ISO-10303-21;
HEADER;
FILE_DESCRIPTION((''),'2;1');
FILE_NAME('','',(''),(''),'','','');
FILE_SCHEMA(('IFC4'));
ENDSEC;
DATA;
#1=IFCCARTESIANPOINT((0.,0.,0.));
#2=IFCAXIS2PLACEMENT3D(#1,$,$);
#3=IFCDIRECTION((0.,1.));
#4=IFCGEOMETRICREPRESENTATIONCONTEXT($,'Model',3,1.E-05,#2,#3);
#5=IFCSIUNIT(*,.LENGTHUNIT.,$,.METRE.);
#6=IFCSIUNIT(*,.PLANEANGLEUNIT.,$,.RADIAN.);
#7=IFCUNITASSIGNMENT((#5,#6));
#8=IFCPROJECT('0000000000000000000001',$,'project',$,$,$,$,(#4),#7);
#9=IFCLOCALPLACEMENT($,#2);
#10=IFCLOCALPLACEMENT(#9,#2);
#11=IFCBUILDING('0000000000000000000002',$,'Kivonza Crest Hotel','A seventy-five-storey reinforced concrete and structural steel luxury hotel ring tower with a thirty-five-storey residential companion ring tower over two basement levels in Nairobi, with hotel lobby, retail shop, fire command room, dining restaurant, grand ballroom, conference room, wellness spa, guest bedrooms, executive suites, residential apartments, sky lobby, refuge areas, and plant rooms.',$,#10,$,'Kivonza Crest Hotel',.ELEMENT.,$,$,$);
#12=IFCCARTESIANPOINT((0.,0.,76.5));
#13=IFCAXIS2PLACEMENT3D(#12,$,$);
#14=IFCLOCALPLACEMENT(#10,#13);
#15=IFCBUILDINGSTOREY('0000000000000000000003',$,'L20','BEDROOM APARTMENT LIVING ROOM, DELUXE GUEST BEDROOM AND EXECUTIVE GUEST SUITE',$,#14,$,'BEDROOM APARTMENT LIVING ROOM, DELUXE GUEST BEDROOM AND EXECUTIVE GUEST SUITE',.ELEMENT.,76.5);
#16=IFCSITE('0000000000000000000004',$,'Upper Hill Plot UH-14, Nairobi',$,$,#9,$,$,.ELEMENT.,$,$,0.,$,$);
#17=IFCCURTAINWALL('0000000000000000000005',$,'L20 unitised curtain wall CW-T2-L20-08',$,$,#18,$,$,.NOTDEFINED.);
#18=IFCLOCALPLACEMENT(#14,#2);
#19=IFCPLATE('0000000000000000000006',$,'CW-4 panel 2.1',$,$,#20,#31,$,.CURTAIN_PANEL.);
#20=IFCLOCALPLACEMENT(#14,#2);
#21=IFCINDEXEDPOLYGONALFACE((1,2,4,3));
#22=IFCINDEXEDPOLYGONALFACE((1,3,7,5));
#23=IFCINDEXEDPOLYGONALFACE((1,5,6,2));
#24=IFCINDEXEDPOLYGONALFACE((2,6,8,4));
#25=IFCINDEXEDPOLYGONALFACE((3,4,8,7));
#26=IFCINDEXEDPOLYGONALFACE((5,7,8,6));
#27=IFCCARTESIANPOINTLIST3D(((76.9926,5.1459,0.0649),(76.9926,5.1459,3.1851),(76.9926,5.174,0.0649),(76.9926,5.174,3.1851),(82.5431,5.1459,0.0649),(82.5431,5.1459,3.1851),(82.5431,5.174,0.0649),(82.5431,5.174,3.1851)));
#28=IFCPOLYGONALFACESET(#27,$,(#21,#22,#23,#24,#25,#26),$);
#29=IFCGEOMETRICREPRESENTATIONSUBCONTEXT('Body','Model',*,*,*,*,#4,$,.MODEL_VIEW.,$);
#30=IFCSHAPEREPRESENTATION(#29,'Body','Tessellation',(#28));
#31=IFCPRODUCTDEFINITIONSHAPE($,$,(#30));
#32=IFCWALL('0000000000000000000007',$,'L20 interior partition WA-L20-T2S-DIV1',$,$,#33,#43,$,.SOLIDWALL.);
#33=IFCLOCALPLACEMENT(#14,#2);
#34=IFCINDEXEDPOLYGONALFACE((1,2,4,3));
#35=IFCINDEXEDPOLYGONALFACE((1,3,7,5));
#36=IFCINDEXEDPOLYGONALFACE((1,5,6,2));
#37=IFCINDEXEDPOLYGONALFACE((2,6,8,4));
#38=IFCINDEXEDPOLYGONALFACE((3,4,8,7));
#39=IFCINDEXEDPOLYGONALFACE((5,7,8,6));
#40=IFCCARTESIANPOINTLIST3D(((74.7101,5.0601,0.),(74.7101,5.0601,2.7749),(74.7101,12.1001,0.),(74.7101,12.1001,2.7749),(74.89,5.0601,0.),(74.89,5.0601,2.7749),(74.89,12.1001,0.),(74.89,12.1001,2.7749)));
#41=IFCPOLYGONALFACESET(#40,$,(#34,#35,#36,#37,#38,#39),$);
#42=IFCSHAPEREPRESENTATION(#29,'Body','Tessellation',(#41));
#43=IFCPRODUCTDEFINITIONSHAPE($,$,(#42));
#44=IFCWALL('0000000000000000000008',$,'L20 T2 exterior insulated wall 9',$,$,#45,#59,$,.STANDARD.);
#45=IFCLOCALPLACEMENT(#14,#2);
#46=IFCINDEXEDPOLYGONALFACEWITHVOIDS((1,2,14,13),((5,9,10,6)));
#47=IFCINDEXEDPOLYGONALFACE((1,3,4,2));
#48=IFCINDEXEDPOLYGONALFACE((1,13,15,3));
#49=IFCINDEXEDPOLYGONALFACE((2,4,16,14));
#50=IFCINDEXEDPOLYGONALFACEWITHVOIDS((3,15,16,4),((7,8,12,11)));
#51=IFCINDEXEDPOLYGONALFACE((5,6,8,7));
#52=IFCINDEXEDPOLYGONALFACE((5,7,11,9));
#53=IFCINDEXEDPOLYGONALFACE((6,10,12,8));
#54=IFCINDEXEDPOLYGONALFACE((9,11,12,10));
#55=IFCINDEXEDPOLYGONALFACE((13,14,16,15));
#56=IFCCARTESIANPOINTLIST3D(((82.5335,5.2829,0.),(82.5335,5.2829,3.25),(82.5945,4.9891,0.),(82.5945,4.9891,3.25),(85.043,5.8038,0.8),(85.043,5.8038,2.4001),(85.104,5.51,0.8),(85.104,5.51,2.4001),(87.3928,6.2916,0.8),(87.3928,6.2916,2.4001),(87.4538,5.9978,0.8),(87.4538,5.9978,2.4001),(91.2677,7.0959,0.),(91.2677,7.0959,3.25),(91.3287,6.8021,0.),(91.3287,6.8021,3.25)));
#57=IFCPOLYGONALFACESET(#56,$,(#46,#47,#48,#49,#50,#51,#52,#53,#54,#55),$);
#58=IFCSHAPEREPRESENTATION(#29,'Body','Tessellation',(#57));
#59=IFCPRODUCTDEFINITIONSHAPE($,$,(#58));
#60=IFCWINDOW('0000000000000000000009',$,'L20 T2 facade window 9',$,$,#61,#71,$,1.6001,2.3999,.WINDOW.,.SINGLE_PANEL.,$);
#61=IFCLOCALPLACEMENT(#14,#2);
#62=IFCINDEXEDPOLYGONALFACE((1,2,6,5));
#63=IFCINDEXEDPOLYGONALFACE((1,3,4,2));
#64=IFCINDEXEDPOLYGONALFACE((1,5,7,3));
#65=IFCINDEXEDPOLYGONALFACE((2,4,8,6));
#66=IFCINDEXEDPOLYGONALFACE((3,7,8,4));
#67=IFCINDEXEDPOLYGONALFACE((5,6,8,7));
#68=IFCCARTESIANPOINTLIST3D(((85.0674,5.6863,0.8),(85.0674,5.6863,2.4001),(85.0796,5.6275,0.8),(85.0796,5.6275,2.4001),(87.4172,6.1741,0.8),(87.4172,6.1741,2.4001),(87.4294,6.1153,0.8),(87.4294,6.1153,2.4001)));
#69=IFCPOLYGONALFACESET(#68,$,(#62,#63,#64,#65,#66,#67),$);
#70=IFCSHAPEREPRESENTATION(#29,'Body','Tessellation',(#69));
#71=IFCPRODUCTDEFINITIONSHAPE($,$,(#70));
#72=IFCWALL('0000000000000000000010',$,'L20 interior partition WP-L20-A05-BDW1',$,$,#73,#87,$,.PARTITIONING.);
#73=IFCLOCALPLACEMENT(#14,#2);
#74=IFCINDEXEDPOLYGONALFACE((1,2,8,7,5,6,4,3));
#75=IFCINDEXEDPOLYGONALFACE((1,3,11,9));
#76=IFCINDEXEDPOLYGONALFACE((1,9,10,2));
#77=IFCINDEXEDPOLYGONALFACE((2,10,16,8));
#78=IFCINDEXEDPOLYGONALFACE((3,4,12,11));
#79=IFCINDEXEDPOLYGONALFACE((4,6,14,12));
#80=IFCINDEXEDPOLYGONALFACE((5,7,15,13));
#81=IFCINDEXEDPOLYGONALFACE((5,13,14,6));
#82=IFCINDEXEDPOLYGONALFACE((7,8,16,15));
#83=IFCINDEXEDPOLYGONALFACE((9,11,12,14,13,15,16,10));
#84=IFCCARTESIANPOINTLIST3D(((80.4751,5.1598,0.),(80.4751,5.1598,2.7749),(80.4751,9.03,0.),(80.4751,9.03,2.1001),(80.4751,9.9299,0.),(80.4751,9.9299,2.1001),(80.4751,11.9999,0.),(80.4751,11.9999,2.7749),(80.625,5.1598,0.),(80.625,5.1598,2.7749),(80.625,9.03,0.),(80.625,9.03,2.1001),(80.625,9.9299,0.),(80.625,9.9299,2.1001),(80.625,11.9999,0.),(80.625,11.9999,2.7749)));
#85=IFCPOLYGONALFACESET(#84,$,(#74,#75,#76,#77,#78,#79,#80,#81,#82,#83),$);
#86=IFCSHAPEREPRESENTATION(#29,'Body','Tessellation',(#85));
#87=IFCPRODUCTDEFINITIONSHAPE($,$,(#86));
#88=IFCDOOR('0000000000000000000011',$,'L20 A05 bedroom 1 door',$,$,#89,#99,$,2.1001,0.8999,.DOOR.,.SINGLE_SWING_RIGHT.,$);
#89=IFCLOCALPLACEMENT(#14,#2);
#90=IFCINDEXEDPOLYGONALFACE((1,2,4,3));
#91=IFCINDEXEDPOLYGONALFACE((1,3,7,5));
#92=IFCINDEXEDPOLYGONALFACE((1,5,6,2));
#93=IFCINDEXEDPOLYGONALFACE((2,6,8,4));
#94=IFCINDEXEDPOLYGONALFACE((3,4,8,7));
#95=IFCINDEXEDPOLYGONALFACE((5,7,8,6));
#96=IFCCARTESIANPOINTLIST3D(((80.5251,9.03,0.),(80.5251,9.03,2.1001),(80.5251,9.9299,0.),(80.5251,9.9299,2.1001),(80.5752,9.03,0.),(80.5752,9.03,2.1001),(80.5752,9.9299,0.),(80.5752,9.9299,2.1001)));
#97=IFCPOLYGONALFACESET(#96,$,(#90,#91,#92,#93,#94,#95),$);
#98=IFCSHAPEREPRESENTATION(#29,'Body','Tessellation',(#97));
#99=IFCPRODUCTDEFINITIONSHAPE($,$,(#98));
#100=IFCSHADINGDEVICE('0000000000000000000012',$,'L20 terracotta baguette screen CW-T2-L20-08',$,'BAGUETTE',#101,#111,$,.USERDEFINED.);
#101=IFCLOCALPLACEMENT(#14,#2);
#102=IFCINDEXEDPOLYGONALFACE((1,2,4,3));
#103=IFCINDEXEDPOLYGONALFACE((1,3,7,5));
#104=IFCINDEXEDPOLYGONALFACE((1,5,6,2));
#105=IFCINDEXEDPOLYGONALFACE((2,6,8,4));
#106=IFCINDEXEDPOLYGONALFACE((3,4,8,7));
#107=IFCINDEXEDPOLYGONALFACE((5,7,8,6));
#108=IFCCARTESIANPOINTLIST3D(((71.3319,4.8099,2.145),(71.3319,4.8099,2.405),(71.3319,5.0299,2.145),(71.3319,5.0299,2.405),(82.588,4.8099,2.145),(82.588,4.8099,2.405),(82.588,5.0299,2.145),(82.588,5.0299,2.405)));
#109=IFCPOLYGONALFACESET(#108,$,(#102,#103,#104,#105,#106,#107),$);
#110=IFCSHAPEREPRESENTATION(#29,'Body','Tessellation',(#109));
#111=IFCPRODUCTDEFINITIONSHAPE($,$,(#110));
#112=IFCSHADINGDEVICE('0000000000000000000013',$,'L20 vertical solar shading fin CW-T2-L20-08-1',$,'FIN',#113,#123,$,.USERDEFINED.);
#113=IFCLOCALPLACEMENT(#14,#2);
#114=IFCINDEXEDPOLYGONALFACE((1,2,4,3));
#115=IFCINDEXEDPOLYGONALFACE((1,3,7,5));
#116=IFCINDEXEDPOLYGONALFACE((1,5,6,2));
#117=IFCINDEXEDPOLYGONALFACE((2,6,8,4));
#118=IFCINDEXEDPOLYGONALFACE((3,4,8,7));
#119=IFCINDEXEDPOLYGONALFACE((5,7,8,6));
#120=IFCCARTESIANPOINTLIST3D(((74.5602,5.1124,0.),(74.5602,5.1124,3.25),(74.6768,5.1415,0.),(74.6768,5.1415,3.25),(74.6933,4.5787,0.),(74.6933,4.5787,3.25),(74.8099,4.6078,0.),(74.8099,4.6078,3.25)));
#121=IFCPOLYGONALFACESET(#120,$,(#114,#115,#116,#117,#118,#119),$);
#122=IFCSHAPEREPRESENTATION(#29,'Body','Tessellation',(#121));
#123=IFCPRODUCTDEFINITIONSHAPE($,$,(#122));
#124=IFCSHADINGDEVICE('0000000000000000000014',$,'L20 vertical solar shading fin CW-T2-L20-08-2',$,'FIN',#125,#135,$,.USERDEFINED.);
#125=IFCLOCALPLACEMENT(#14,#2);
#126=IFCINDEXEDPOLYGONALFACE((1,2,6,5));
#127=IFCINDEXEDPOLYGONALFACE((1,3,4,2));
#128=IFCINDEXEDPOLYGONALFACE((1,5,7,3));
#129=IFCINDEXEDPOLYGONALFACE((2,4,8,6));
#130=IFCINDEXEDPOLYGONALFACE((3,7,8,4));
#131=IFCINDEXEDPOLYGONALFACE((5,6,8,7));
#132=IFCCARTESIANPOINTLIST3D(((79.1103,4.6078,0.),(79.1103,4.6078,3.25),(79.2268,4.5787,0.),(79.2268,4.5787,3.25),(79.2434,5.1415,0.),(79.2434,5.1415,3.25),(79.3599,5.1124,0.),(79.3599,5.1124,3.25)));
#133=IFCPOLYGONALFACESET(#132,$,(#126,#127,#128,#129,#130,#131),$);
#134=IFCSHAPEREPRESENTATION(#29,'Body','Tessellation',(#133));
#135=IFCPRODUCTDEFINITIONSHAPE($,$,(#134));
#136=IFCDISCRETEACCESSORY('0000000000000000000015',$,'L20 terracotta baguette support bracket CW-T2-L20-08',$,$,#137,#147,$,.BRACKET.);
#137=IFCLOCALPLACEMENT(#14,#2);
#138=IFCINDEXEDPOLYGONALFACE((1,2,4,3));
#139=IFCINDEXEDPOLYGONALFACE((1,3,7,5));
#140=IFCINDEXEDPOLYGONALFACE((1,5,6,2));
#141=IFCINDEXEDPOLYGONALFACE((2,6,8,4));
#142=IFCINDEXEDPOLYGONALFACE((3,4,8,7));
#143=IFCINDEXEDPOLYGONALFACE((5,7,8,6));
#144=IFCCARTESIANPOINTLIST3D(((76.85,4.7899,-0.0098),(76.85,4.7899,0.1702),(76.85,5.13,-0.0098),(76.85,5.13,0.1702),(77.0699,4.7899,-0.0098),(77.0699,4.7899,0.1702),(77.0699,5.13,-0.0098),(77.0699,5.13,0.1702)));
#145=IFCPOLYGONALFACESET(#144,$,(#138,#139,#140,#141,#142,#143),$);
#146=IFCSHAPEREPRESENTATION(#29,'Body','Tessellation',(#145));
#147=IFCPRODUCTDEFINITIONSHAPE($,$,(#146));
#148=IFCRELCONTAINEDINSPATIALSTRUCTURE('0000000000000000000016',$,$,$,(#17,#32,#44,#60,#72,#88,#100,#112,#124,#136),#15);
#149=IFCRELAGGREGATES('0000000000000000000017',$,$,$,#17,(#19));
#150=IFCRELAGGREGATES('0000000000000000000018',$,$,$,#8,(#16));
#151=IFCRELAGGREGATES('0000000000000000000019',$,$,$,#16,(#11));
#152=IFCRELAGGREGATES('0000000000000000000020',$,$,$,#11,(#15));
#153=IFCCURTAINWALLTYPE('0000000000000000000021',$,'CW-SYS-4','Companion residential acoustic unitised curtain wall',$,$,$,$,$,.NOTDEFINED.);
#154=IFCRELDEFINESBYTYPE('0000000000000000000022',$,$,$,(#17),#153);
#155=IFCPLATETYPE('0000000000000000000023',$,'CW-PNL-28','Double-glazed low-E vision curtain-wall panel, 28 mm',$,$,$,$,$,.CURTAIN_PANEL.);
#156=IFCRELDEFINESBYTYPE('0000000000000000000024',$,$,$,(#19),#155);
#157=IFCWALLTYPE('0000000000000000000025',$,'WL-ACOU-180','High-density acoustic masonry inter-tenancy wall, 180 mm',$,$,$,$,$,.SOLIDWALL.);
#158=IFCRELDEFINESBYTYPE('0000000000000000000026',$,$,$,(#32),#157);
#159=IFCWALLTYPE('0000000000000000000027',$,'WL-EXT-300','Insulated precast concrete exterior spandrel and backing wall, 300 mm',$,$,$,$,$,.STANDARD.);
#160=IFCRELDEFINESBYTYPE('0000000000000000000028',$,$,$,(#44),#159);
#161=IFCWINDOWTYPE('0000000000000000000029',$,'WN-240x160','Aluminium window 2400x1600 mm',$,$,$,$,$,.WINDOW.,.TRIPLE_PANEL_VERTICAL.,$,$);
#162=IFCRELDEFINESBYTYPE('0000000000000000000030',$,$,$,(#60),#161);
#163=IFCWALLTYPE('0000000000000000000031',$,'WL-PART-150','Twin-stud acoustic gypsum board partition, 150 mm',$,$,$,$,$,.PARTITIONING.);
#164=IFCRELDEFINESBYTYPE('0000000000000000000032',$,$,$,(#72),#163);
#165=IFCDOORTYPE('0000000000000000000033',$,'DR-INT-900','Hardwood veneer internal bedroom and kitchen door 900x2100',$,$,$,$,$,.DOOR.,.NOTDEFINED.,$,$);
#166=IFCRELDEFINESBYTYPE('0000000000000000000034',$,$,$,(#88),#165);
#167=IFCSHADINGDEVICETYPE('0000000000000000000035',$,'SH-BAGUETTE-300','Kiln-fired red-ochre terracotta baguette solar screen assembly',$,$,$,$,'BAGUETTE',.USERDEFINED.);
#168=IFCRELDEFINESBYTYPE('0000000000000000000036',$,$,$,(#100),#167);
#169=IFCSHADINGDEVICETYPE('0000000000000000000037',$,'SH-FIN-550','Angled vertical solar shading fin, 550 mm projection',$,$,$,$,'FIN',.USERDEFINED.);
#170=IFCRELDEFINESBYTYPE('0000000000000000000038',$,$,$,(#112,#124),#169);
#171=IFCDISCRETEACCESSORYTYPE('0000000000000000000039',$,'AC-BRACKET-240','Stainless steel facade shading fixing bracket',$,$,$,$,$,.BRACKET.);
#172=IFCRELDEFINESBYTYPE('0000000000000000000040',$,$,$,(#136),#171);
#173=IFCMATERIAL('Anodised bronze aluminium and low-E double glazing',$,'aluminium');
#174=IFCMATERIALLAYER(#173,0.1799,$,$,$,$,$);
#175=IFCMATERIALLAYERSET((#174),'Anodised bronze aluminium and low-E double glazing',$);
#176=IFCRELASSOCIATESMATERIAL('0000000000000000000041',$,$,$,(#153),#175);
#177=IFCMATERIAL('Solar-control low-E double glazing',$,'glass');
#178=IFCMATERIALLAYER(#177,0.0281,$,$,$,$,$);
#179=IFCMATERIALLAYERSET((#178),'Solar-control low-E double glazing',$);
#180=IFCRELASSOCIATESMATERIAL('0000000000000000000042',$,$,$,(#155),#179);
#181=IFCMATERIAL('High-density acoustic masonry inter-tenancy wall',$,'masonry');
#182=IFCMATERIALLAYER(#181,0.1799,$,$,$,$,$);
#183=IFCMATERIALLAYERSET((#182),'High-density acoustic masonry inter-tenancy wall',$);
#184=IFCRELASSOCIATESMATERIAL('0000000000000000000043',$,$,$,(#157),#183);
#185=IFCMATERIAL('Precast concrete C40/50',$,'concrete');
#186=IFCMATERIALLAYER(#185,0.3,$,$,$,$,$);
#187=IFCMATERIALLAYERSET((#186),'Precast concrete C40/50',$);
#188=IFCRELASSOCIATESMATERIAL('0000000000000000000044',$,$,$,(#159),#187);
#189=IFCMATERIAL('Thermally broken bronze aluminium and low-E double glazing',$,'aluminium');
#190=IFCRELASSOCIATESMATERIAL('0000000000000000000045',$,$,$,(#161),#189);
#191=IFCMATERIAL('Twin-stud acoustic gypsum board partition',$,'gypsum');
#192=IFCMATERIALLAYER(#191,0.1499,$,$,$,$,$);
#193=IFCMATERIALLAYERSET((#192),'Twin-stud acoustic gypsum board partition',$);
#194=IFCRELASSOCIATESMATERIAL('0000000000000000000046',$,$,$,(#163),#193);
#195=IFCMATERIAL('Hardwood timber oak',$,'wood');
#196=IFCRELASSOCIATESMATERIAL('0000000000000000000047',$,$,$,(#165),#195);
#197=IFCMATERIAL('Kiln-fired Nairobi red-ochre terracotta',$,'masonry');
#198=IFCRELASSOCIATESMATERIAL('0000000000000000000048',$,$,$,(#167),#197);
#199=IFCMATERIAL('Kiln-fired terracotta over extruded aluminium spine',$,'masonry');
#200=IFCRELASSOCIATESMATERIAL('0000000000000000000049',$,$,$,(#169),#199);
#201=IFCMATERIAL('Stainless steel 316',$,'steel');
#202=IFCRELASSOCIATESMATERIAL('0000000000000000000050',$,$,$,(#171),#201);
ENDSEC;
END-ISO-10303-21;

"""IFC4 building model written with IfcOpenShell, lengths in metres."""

from ifc_helpers import new_model, si_unit, direction, frame, frame_2d, origin, origin_2d, place, context, subcontext, project, spatial, rectangle, extrude, material, layer, layer_set, type_object, element, fill, aggregate, save


model = new_model("IFC4")

# Units and contexts
model_context = context("Model", 3, precision=1e-05, world=origin(), true_north=direction((0.0, 1.0)))
body_context = subcontext(model_context, "Body", "Model", "MODEL_VIEW")
ifc_project = project(units=[si_unit("LENGTHUNIT", "METRE"), si_unit("PLANEANGLEUNIT", "RADIAN")], contexts=[model_context])

# Site, building, storey
site_placement = place(None, origin())
site = spatial("IfcSite", under=ifc_project, at=site_placement, Name="Upper Hill Plot UH-14, Nairobi", CompositionType="ELEMENT", RefElevation=0.0)
building_placement = place(site_placement, origin())
building = spatial("IfcBuilding", under=site, at=building_placement, Name="Kivonza Crest Hotel", Description="A seventy-five-storey reinforced concrete and structural steel luxury hotel ring tower with a thirty-five-storey residential companion ring tower over two basement levels in Nairobi, with hotel lobby, retail shop, fire command room, dining restaurant, grand ballroom, conference room, wellness spa, guest bedrooms, executive suites, residential apartments, sky lobby, refuge areas, and plant rooms.", LongName="Kivonza Crest Hotel", CompositionType="ELEMENT")
storey_placement = place(building_placement, frame((0.0, 0.0, 76.5)))
storey = spatial("IfcBuildingStorey", under=building, at=storey_placement, Name="L20", Description="BEDROOM APARTMENT LIVING ROOM, DELUXE GUEST BEDROOM AND EXECUTIVE GUEST SUITE", LongName="BEDROOM APARTMENT LIVING ROOM, DELUXE GUEST BEDROOM AND EXECUTIVE GUEST SUITE", CompositionType="ELEMENT", Elevation=76.5)

# Curtain wall, plate
ifc_material_1 = material(Name="Anodised bronze aluminium and low-E double glazing", Category="aluminium")
ifc_layer_1 = layer(ifc_material_1, 0.1799)
ifc_layer_set_1 = layer_set([ifc_layer_1], Name="Anodised bronze aluminium and low-E double glazing")
curtain_wall_type = type_object("IfcCurtainWallType", Name="CW-SYS-4", Description="Companion residential acoustic unitised curtain wall", PredefinedType="NOTDEFINED", material=ifc_layer_set_1)
curtain_wall_placement = place(storey_placement, origin())
curtain_wall = element("IfcCurtainWall", 1, at=curtain_wall_placement, inside=storey, type_object=curtain_wall_type, Name="L20 unitised curtain wall CW-T2-L20-08", PredefinedType="NOTDEFINED")
ifc_material_2 = material(Name="Solar-control low-E double glazing", Category="glass")
ifc_layer_2 = layer(ifc_material_2, 0.0281)
ifc_layer_set_2 = layer_set([ifc_layer_2], Name="Solar-control low-E double glazing")
plate_type = type_object("IfcPlateType", Name="CW-PNL-28", Description="Double-glazed low-E vision curtain-wall panel, 28 mm", PredefinedType="CURTAIN_PANEL", material=ifc_layer_set_2)
plate_1_placement = place(storey_placement, frame((79.7678, 5.1599, 0.0649), z_axis=(0.0, 0.0, 1.0), x_axis=(1.0, 0.0, 0.0)))
plate_1 = element("IfcPlate", 2, at=plate_1_placement, type_object=plate_type, Name="CW-4 panel 2.1", PredefinedType="CURTAIN_PANEL", context=body_context, shape_type="SweptSolid", body=[
    extrude(rectangle(XDim=5.5505, YDim=0.0281, at=origin_2d()), origin(), (0.0, 0.0, 1.0), 3.1201),
])
aggregate(curtain_wall, [plate_1])

# Wall
ifc_material_3 = material(Name="High-density acoustic masonry inter-tenancy wall", Category="masonry")
ifc_layer_3 = layer(ifc_material_3, 0.1799)
ifc_layer_set_3 = layer_set([ifc_layer_3], Name="High-density acoustic masonry inter-tenancy wall")
wall_type_1 = type_object("IfcWallType", Name="WL-ACOU-180", Description="High-density acoustic masonry inter-tenancy wall, 180 mm", PredefinedType="SOLIDWALL", material=ifc_layer_set_3)
wall_1_placement = place(storey_placement, frame((74.8, 5.0601, 0.0), z_axis=(0.0, 0.0, 1.0), x_axis=(0.0, 1.0, 0.0)))
element("IfcWall", 3, at=wall_1_placement, inside=storey, type_object=wall_type_1, Name="L20 interior partition WA-L20-T2S-DIV1", PredefinedType="SOLIDWALL", context=body_context, shape_type="SweptSolid", body=[
    extrude(rectangle(XDim=7.04, YDim=0.1799, at=frame_2d((3.52, 0.0))), origin(), (0.0, 0.0, 1.0), 2.7749),
])

# Wall, opening, window
ifc_material_4 = material(Name="Precast concrete C40/50", Category="concrete")
ifc_layer_4 = layer(ifc_material_4, 0.3)
ifc_layer_set_4 = layer_set([ifc_layer_4], Name="Precast concrete C40/50")
wall_type_2 = type_object("IfcWallType", Name="WL-EXT-300", Description="Insulated precast concrete exterior spandrel and backing wall, 300 mm", PredefinedType="STANDARD", material=ifc_layer_set_4)
wall_2_placement = place(storey_placement, frame((82.564, 5.136, 0.0), z_axis=(0.0, 0.0, 1.0), x_axis=(0.979128, 0.203243, 0.0)))
wall_2 = element("IfcWall", 4, at=wall_2_placement, inside=storey, type_object=wall_type_2, Name="L20 T2 exterior insulated wall 9", PredefinedType="STANDARD", context=body_context, shape_type="SweptSolid", body=[
    extrude(rectangle(XDim=8.9204, YDim=0.3, at=frame_2d((4.4602, 0.0))), origin(), (0.0, 0.0, 1.0), 3.25),
])
opening_1_placement = place(wall_2_placement, frame((2.563, 0.0, 0.8)))
opening_1 = element("IfcOpeningElement", 5, at=opening_1_placement, cuts=wall_2, PredefinedType="OPENING", context=body_context, shape_type="SweptSolid", body=[
    extrude(rectangle(XDim=2.3999, YDim=1.6001, at=frame_2d((1.2, 0.8))), frame((0.0, 0.1602, 0.0), z_axis=(0.0, -1.0, 0.0), x_axis=(1.0, 0.0, 0.0)), (0.0, 0.0, 1.0), 0.3201),
])
ifc_material_5 = material(Name="Thermally broken bronze aluminium and low-E double glazing", Category="aluminium")
window_type = type_object("IfcWindowType", Name="WN-240x160", Description="Aluminium window 2400x1600 mm", PartitioningType="TRIPLE_PANEL_VERTICAL", PredefinedType="WINDOW", material=ifc_material_5)
window_placement = place(opening_1_placement, origin())
window = element("IfcWindow", 6, at=window_placement, inside=storey, type_object=window_type, Name="L20 T2 facade window 9", OverallHeight=1.6001, OverallWidth=2.3999, PartitioningType="SINGLE_PANEL", PredefinedType="WINDOW", context=body_context, shape_type="SweptSolid", body=[
    extrude(rectangle(XDim=2.3999, YDim=1.6001, at=frame_2d((1.2, 0.8))), frame((0.0, 0.03, 0.0), z_axis=(0.0, -1.0, 0.0), x_axis=(1.0, 0.0, 0.0)), (0.0, 0.0, 1.0), 0.0601),
])
fill(opening_1, window)

# Wall, opening, door
ifc_material_6 = material(Name="Twin-stud acoustic gypsum board partition", Category="gypsum")
ifc_layer_5 = layer(ifc_material_6, 0.1499)
ifc_layer_set_5 = layer_set([ifc_layer_5], Name="Twin-stud acoustic gypsum board partition")
wall_type_3 = type_object("IfcWallType", Name="WL-PART-150", Description="Twin-stud acoustic gypsum board partition, 150 mm", PredefinedType="PARTITIONING", material=ifc_layer_set_5)
wall_3_placement = place(storey_placement, frame((80.55, 5.1599, 0.0), z_axis=(0.0, 0.0, 1.0), x_axis=(0.0, 1.0, 0.0)))
wall_3 = element("IfcWall", 7, at=wall_3_placement, inside=storey, type_object=wall_type_3, Name="L20 interior partition WP-L20-A05-BDW1", PredefinedType="PARTITIONING", context=body_context, shape_type="SweptSolid", body=[
    extrude(rectangle(XDim=6.8401, YDim=0.1499, at=frame_2d((3.4199, 0.0))), origin(), (0.0, 0.0, 1.0), 2.7749),
])
opening_2_placement = place(wall_3_placement, frame((3.8701, 0.0, 0.0)))
opening_2 = element("IfcOpeningElement", 8, at=opening_2_placement, cuts=wall_3, PredefinedType="OPENING", context=body_context, shape_type="SweptSolid", body=[
    extrude(rectangle(XDim=0.8999, YDim=2.1001, at=frame_2d((0.45, 1.05))), frame((0.0, 0.085, 0.0), z_axis=(0.0, -1.0, 0.0), x_axis=(1.0, 0.0, 0.0)), (0.0, 0.0, 1.0), 0.1699),
])
ifc_material_7 = material(Name="Hardwood timber oak", Category="wood")
door_type = type_object("IfcDoorType", Name="DR-INT-900", Description="Hardwood veneer internal bedroom and kitchen door 900x2100", OperationType="NOTDEFINED", PredefinedType="DOOR", material=ifc_material_7)
door_placement = place(opening_2_placement, origin())
door = element("IfcDoor", 9, at=door_placement, inside=storey, type_object=door_type, Name="L20 A05 bedroom 1 door", OperationType="SINGLE_SWING_RIGHT", OverallHeight=2.1001, OverallWidth=0.8999, PredefinedType="DOOR", context=body_context, shape_type="SweptSolid", body=[
    extrude(rectangle(XDim=0.8999, YDim=2.1001, at=frame_2d((0.45, 1.05))), frame((0.0, 0.0249, 0.0), z_axis=(0.0, -1.0, 0.0), x_axis=(1.0, 0.0, 0.0)), (0.0, 0.0, 1.0), 0.05),
])
fill(opening_2, door)

# Shading devices
ifc_material_8 = material(Name="Kiln-fired Nairobi red-ochre terracotta", Category="masonry")
shading_device_type_1 = type_object("IfcShadingDeviceType", Name="SH-BAGUETTE-300", Description="Kiln-fired red-ochre terracotta baguette solar screen assembly", ElementType="BAGUETTE", PredefinedType="USERDEFINED", material=ifc_material_8)
shading_device_placement = place(storey_placement, frame((76.96, 4.9199, 2.145), z_axis=(0.0, 0.0, 1.0), x_axis=(1.0, 0.0, 0.0)))
element("IfcShadingDevice", 10, at=shading_device_placement, inside=storey, type_object=shading_device_type_1, Name="L20 terracotta baguette screen CW-T2-L20-08", ObjectType="BAGUETTE", PredefinedType="USERDEFINED", context=body_context, shape_type="SweptSolid", body=[
    extrude(rectangle(XDim=11.2561, YDim=0.22, at=origin_2d()), origin(), (0.0, 0.0, 1.0), 0.26),
])
ifc_material_9 = material(Name="Kiln-fired terracotta over extruded aluminium spine", Category="masonry")
shading_device_type_2 = type_object("IfcShadingDeviceType", Name="SH-FIN-550", Description="Angled vertical solar shading fin, 550 mm projection", ElementType="FIN", PredefinedType="USERDEFINED", material=ifc_material_9)
for number, where, z_axis, x_axis, name in (
    (11, (74.6851, 4.8601, 0.0), (0.0, 0.0, 1.0), (0.970296, 0.241922, 0.0), "L20 vertical solar shading fin CW-T2-L20-08-1"),
    (12, (79.2351, 4.8601, 0.0), (0.0, 0.0, 1.0), (0.970296, -0.241922, 0.0), "L20 vertical solar shading fin CW-T2-L20-08-2"),
):
    element("IfcShadingDevice", number, at=place(storey_placement, frame(where, z_axis=z_axis, x_axis=x_axis)), inside=storey, type_object=shading_device_type_2, Name=name, ObjectType="FIN", PredefinedType="USERDEFINED", context=body_context, shape_type="SweptSolid", body=[
        extrude(rectangle(XDim=0.1201, YDim=0.55, at=origin_2d()), origin(), (0.0, 0.0, 1.0), 3.25),
    ])

# Discrete accessory
ifc_material_10 = material(Name="Stainless steel 316", Category="steel")
discrete_accessory_type = type_object("IfcDiscreteAccessoryType", Name="AC-BRACKET-240", Description="Stainless steel facade shading fixing bracket", PredefinedType="BRACKET", material=ifc_material_10)
discrete_accessory_placement = place(storey_placement, frame((76.96, 4.96, -0.0098), z_axis=(0.0, 0.0, 1.0), x_axis=(1.0, 0.0, 0.0)))
element("IfcDiscreteAccessory", 13, at=discrete_accessory_placement, inside=storey, type_object=discrete_accessory_type, Name="L20 terracotta baguette support bracket CW-T2-L20-08", PredefinedType="BRACKET", context=body_context, shape_type="SweptSolid", body=[
    extrude(rectangle(XDim=0.22, YDim=0.3401, at=origin_2d()), origin(), (0.0, 0.0, 1.0), 0.1799),
])

save(model, "model.ifc")
